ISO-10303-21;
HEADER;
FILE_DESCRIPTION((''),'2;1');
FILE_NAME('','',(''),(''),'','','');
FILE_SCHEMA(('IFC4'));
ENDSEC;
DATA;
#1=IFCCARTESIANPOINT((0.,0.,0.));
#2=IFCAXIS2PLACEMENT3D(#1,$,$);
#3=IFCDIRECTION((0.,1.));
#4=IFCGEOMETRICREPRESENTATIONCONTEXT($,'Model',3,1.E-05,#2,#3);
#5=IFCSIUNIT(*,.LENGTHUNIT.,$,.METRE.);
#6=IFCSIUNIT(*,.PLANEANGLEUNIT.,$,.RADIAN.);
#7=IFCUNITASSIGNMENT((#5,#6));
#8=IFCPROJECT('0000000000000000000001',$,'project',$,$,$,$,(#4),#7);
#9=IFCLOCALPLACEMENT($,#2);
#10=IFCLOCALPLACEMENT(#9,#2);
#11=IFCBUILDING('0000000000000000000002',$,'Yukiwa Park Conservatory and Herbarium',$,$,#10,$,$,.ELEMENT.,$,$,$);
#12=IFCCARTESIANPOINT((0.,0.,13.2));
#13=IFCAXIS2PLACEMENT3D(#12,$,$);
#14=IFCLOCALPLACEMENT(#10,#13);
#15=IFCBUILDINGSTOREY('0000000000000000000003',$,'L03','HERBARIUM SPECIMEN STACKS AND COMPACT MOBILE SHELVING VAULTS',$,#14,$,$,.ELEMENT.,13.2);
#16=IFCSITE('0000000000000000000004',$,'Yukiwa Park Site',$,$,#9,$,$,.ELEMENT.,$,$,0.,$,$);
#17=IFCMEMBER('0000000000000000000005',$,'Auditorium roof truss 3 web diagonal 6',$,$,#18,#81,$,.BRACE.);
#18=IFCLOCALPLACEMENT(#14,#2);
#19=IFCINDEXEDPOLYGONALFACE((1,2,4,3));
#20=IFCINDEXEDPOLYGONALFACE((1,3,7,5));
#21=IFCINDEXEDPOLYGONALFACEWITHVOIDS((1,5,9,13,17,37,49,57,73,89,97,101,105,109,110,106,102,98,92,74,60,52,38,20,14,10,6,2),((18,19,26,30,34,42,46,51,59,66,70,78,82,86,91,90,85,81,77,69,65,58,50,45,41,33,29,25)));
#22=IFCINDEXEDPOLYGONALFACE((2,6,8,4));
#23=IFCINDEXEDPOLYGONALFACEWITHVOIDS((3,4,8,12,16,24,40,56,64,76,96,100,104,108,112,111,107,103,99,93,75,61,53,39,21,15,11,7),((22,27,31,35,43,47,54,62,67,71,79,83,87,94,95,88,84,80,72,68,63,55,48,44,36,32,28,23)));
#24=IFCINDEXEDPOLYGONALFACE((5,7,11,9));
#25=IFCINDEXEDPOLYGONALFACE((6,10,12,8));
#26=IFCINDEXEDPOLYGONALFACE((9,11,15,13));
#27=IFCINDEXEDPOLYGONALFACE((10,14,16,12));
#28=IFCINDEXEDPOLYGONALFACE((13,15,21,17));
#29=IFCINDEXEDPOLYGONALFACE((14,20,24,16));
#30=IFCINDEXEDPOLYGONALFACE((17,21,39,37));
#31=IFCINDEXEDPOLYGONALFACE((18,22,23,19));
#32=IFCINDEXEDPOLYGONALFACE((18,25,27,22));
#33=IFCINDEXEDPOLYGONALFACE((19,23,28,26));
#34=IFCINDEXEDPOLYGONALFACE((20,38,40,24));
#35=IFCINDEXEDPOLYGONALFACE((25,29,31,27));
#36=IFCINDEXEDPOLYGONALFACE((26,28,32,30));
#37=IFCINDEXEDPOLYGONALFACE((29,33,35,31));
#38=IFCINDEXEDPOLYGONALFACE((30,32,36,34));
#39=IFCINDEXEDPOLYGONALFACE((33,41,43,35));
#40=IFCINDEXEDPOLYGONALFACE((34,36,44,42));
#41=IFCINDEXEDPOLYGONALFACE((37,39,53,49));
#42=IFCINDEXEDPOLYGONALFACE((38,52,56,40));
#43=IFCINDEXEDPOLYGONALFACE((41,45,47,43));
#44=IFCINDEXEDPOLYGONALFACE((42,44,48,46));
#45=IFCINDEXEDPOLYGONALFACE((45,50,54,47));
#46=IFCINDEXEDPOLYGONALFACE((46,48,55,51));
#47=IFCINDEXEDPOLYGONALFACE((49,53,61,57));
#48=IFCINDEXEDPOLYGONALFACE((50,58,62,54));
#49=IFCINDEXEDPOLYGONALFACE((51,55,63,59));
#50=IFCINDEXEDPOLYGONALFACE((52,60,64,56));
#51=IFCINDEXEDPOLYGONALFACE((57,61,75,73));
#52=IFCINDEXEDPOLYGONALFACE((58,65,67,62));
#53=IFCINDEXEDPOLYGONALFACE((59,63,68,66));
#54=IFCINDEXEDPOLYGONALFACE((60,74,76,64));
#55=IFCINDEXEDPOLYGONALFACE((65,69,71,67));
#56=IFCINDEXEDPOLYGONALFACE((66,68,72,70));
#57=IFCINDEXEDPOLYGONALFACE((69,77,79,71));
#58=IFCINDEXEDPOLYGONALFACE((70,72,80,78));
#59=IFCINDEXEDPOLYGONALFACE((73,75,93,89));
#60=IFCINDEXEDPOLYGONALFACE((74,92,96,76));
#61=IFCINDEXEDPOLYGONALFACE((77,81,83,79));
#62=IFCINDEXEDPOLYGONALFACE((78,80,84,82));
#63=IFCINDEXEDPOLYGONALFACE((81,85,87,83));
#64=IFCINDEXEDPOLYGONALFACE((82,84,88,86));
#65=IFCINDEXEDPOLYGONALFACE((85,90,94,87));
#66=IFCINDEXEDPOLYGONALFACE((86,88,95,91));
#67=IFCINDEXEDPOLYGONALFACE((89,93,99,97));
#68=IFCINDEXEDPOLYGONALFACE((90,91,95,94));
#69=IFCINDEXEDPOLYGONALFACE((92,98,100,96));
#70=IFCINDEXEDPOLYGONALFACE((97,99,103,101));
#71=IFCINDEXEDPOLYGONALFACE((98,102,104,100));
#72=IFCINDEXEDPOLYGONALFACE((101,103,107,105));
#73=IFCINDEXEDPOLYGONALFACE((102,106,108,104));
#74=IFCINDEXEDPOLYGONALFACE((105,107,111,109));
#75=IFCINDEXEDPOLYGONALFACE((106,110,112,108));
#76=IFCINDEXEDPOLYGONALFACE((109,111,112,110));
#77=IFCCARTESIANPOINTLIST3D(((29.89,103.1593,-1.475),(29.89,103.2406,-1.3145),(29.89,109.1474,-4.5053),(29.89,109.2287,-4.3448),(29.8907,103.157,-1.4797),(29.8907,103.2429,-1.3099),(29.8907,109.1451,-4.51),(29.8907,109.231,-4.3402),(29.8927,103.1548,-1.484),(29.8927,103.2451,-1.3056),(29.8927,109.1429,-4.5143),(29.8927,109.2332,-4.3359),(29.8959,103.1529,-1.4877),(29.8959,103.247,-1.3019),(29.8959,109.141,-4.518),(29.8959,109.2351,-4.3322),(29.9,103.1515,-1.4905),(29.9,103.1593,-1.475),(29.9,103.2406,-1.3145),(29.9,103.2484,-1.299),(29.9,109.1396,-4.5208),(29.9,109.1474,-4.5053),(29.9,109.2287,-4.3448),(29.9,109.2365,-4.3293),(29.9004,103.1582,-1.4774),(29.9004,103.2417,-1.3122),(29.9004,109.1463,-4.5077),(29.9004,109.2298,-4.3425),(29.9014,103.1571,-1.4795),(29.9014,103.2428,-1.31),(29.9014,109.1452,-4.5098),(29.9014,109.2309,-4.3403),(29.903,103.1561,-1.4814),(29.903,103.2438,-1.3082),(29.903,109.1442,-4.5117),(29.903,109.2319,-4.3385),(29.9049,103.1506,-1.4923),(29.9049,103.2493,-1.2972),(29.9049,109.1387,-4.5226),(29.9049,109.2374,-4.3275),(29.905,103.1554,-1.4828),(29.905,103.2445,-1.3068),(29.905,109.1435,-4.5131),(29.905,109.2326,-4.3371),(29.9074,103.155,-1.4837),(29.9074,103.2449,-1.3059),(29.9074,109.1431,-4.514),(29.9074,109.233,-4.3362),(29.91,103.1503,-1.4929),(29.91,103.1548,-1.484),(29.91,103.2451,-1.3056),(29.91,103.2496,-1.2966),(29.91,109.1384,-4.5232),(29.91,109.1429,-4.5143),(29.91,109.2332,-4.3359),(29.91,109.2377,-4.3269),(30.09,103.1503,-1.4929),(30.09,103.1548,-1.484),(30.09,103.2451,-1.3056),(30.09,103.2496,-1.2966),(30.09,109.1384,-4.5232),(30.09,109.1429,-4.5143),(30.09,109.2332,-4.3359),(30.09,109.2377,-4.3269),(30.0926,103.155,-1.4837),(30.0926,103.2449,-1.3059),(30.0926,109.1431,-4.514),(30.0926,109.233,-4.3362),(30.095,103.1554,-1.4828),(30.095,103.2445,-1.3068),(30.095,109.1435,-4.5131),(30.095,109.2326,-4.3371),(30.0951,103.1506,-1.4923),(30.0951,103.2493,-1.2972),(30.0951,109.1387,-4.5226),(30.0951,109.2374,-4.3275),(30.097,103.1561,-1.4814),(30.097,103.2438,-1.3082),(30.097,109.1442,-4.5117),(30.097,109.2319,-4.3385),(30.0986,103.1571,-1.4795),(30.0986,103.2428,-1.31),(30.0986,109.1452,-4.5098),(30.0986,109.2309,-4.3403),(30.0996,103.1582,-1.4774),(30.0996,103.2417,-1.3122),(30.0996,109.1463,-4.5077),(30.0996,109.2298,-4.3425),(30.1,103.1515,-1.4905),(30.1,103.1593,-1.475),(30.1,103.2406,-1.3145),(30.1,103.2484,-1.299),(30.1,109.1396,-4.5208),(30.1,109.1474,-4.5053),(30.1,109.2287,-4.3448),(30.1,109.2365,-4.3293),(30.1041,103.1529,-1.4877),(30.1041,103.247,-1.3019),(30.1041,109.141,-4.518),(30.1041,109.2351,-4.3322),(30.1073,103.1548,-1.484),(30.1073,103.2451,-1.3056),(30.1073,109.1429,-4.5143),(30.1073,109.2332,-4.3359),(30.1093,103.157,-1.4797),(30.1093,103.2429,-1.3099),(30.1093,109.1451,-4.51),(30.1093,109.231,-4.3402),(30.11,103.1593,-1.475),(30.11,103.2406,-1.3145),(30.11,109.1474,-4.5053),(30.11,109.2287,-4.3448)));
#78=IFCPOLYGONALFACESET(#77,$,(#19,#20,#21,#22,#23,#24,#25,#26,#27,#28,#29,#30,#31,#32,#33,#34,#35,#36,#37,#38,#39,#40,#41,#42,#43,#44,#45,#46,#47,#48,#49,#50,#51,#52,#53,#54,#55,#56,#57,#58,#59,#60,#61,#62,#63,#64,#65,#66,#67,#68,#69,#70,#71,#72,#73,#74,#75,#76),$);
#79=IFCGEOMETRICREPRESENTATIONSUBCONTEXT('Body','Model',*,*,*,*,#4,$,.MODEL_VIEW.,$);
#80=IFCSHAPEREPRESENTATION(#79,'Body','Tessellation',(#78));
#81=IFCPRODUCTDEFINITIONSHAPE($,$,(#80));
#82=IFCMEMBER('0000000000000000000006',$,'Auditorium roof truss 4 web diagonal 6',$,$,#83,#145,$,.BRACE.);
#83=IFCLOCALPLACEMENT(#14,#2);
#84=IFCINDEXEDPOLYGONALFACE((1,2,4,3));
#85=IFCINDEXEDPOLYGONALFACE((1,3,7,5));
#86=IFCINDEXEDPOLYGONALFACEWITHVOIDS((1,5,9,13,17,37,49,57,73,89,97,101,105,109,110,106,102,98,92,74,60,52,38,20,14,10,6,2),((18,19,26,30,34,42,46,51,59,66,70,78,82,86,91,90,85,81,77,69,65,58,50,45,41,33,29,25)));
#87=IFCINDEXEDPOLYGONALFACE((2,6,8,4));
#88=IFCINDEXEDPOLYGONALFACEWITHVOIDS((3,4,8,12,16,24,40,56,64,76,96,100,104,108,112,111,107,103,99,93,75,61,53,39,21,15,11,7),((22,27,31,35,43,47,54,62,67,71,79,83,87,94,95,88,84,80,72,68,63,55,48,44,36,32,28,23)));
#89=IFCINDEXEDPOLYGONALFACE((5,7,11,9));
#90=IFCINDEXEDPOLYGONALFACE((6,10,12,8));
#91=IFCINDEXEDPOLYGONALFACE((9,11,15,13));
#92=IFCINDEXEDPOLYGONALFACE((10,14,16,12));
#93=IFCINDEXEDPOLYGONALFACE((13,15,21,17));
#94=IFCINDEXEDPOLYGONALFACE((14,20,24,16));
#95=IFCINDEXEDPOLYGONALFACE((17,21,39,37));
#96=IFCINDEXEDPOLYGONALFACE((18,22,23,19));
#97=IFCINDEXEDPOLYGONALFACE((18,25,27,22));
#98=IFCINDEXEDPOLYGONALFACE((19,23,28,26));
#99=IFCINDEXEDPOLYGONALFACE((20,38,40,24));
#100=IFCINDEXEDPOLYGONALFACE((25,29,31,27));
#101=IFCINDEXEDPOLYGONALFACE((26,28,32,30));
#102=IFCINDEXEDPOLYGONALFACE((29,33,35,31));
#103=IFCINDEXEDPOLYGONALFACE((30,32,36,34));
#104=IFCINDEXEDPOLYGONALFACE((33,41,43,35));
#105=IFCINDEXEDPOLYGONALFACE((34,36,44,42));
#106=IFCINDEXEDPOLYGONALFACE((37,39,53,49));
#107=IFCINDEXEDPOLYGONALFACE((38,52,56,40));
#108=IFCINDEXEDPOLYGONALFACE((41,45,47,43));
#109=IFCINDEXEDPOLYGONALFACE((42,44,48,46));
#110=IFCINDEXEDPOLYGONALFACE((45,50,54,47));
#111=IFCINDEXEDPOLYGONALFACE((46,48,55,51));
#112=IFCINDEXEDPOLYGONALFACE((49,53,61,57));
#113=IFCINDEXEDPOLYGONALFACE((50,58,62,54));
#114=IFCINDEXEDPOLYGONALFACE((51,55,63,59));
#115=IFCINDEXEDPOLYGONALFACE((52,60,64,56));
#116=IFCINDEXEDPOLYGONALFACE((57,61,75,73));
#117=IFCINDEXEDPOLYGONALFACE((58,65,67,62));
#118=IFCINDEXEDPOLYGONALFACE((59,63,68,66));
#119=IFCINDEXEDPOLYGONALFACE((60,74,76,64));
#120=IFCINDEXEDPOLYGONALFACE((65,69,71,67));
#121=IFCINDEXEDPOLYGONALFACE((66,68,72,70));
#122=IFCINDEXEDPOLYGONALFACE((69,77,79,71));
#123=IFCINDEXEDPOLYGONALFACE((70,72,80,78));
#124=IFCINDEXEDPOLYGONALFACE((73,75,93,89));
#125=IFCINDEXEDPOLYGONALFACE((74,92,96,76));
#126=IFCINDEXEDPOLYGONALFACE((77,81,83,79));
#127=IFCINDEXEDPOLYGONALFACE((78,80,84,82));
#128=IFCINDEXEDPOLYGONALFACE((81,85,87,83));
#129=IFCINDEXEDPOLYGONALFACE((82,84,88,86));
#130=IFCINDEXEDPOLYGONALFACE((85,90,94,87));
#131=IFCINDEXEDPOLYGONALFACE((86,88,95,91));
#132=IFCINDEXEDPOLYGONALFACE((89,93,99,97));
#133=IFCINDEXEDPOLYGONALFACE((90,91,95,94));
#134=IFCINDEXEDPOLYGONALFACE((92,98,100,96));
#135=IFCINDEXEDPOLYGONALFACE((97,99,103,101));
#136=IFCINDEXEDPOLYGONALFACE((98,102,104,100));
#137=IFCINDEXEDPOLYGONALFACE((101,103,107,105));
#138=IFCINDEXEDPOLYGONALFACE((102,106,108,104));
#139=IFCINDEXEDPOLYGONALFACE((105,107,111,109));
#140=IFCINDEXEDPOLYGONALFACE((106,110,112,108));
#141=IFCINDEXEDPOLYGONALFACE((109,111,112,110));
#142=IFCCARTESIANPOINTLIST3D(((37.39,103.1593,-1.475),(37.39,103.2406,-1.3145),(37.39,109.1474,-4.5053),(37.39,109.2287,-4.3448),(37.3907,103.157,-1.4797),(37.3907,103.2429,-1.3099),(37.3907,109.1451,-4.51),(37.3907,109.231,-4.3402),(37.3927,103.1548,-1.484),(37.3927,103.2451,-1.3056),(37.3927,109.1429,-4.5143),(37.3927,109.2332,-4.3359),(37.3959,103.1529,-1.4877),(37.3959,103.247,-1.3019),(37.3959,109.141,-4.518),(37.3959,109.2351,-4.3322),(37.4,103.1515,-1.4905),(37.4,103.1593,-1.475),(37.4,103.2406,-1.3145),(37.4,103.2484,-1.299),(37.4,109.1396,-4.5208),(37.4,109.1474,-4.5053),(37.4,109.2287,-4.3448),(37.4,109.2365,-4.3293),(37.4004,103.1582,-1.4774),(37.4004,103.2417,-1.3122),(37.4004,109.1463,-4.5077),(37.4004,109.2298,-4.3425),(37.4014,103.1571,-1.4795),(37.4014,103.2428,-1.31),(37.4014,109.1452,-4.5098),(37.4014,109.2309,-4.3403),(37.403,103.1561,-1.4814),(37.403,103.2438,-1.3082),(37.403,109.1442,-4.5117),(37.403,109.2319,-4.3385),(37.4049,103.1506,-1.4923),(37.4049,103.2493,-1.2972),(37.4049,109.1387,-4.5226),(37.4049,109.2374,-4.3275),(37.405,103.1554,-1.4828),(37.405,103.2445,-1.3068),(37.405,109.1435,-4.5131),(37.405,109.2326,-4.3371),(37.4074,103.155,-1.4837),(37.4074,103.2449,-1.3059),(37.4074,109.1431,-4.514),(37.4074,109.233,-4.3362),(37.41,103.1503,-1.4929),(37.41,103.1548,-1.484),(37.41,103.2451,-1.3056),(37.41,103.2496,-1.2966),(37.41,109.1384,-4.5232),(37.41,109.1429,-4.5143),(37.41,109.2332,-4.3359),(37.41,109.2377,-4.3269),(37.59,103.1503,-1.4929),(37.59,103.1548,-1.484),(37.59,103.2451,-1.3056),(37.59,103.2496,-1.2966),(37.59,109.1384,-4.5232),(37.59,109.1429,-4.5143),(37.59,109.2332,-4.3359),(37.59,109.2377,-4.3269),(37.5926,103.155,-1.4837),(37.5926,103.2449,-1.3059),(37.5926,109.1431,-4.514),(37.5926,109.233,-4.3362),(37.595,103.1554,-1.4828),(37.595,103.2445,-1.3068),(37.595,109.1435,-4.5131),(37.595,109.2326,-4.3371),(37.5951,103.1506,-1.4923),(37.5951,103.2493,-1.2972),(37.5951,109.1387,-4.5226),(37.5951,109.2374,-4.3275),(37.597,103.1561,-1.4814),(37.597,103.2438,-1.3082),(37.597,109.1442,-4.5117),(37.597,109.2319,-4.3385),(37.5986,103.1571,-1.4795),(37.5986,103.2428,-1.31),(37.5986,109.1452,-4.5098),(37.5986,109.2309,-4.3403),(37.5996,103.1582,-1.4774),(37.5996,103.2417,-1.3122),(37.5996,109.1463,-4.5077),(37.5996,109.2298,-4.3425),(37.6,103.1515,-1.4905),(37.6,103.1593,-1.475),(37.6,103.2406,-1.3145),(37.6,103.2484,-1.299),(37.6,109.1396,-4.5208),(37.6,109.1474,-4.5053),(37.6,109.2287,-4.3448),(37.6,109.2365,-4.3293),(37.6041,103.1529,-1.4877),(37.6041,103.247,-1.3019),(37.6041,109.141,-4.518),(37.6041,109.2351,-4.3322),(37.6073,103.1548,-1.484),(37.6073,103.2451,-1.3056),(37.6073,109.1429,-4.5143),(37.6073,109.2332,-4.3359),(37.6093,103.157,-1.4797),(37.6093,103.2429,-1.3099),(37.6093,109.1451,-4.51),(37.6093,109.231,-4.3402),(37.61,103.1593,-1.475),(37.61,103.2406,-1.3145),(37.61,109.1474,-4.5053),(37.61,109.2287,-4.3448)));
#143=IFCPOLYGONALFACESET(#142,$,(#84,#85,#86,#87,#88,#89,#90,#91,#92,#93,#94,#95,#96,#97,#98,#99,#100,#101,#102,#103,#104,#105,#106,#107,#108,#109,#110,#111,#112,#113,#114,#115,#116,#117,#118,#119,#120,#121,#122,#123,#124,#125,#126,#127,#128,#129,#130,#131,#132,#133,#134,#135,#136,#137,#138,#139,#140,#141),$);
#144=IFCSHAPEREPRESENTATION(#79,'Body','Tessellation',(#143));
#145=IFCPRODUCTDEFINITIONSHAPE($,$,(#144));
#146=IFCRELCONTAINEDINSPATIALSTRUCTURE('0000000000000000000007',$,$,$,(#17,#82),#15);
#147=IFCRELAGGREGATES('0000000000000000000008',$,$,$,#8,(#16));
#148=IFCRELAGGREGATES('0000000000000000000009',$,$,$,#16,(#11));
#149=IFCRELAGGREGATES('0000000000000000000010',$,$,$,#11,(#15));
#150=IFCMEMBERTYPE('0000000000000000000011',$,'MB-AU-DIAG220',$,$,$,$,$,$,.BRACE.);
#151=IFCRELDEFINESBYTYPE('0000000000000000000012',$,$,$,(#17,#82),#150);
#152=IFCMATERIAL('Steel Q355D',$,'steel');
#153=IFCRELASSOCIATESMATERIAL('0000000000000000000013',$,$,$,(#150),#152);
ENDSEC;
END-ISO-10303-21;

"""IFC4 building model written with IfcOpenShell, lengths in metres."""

from ifc_helpers import new_model, si_unit, direction, frame, origin, origin_2d, place, context, subcontext, project, spatial, hollow_rectangle, extrude, material, material_profile, profile_set, type_object, element, save


model = new_model("IFC4")

# Units and contexts
model_context = context("Model", 3, precision=1e-05, world=origin(), true_north=direction((0.0, 1.0)))
body_context = subcontext(model_context, "Body", "Model", "MODEL_VIEW")
ifc_project = project(units=[si_unit("LENGTHUNIT", "METRE"), si_unit("PLANEANGLEUNIT", "RADIAN")], contexts=[model_context])

# Site, building, storey
site_placement = place(None, origin())
site = spatial("IfcSite", under=ifc_project, at=site_placement, Name="Yukiwa Park Site", CompositionType="ELEMENT", RefElevation=0.0)
building_placement = place(site_placement, origin())
building = spatial("IfcBuilding", under=site, at=building_placement, Name="Yukiwa Park Conservatory and Herbarium", CompositionType="ELEMENT")
storey_placement = place(building_placement, frame((0.0, 0.0, 13.2)))
storey = spatial("IfcBuildingStorey", under=building, at=storey_placement, Name="L03", Description="HERBARIUM SPECIMEN STACKS AND COMPACT MOBILE SHELVING VAULTS", CompositionType="ELEMENT", Elevation=13.2)

# Members
ifc_material_1 = material(Name="Steel Q355D", Category="steel")
ifc_material_profile_1 = material_profile(ifc_material_1, hollow_rectangle(XDim=0.22, YDim=0.22, WallThickness=0.01, InnerFilletRadius=0.01, OuterFilletRadius=0.02, at=origin_2d()), Name="SHS 220x220x10")
ifc_profile_set_1 = profile_set([ifc_material_profile_1], Name="Steel Q355D")
member_type_1 = type_object("IfcMemberType", Name="MB-AU-DIAG220", PredefinedType="BRACE", material=ifc_profile_set_1)
for number, where, z_axis, x_axis, name in (
    (1, (30.0, 103.2, -1.3948), (0.0, 0.892256, -0.45153), (-1.0, 0.0, 0.0), "Auditorium roof truss 3 web diagonal 6"),
    (2, (37.5, 103.2, -1.3948), (0.0, 0.892256, -0.45153), (-1.0, 0.0, 0.0), "Auditorium roof truss 4 web diagonal 6"),
):
    element("IfcMember", number, at=place(storey_placement, frame(where, z_axis=z_axis, x_axis=x_axis)), inside=storey, type_object=member_type_1, Name=name, PredefinedType="BRACE", context=body_context, shape_type="SweptSolid", body=[
        extrude(hollow_rectangle(XDim=0.22, YDim=0.22, WallThickness=0.01, InnerFilletRadius=0.01, OuterFilletRadius=0.02, at=origin_2d()), origin(), (0.0, 0.0, 1.0), 6.7112),
    ])

save(model, "model.ifc")
